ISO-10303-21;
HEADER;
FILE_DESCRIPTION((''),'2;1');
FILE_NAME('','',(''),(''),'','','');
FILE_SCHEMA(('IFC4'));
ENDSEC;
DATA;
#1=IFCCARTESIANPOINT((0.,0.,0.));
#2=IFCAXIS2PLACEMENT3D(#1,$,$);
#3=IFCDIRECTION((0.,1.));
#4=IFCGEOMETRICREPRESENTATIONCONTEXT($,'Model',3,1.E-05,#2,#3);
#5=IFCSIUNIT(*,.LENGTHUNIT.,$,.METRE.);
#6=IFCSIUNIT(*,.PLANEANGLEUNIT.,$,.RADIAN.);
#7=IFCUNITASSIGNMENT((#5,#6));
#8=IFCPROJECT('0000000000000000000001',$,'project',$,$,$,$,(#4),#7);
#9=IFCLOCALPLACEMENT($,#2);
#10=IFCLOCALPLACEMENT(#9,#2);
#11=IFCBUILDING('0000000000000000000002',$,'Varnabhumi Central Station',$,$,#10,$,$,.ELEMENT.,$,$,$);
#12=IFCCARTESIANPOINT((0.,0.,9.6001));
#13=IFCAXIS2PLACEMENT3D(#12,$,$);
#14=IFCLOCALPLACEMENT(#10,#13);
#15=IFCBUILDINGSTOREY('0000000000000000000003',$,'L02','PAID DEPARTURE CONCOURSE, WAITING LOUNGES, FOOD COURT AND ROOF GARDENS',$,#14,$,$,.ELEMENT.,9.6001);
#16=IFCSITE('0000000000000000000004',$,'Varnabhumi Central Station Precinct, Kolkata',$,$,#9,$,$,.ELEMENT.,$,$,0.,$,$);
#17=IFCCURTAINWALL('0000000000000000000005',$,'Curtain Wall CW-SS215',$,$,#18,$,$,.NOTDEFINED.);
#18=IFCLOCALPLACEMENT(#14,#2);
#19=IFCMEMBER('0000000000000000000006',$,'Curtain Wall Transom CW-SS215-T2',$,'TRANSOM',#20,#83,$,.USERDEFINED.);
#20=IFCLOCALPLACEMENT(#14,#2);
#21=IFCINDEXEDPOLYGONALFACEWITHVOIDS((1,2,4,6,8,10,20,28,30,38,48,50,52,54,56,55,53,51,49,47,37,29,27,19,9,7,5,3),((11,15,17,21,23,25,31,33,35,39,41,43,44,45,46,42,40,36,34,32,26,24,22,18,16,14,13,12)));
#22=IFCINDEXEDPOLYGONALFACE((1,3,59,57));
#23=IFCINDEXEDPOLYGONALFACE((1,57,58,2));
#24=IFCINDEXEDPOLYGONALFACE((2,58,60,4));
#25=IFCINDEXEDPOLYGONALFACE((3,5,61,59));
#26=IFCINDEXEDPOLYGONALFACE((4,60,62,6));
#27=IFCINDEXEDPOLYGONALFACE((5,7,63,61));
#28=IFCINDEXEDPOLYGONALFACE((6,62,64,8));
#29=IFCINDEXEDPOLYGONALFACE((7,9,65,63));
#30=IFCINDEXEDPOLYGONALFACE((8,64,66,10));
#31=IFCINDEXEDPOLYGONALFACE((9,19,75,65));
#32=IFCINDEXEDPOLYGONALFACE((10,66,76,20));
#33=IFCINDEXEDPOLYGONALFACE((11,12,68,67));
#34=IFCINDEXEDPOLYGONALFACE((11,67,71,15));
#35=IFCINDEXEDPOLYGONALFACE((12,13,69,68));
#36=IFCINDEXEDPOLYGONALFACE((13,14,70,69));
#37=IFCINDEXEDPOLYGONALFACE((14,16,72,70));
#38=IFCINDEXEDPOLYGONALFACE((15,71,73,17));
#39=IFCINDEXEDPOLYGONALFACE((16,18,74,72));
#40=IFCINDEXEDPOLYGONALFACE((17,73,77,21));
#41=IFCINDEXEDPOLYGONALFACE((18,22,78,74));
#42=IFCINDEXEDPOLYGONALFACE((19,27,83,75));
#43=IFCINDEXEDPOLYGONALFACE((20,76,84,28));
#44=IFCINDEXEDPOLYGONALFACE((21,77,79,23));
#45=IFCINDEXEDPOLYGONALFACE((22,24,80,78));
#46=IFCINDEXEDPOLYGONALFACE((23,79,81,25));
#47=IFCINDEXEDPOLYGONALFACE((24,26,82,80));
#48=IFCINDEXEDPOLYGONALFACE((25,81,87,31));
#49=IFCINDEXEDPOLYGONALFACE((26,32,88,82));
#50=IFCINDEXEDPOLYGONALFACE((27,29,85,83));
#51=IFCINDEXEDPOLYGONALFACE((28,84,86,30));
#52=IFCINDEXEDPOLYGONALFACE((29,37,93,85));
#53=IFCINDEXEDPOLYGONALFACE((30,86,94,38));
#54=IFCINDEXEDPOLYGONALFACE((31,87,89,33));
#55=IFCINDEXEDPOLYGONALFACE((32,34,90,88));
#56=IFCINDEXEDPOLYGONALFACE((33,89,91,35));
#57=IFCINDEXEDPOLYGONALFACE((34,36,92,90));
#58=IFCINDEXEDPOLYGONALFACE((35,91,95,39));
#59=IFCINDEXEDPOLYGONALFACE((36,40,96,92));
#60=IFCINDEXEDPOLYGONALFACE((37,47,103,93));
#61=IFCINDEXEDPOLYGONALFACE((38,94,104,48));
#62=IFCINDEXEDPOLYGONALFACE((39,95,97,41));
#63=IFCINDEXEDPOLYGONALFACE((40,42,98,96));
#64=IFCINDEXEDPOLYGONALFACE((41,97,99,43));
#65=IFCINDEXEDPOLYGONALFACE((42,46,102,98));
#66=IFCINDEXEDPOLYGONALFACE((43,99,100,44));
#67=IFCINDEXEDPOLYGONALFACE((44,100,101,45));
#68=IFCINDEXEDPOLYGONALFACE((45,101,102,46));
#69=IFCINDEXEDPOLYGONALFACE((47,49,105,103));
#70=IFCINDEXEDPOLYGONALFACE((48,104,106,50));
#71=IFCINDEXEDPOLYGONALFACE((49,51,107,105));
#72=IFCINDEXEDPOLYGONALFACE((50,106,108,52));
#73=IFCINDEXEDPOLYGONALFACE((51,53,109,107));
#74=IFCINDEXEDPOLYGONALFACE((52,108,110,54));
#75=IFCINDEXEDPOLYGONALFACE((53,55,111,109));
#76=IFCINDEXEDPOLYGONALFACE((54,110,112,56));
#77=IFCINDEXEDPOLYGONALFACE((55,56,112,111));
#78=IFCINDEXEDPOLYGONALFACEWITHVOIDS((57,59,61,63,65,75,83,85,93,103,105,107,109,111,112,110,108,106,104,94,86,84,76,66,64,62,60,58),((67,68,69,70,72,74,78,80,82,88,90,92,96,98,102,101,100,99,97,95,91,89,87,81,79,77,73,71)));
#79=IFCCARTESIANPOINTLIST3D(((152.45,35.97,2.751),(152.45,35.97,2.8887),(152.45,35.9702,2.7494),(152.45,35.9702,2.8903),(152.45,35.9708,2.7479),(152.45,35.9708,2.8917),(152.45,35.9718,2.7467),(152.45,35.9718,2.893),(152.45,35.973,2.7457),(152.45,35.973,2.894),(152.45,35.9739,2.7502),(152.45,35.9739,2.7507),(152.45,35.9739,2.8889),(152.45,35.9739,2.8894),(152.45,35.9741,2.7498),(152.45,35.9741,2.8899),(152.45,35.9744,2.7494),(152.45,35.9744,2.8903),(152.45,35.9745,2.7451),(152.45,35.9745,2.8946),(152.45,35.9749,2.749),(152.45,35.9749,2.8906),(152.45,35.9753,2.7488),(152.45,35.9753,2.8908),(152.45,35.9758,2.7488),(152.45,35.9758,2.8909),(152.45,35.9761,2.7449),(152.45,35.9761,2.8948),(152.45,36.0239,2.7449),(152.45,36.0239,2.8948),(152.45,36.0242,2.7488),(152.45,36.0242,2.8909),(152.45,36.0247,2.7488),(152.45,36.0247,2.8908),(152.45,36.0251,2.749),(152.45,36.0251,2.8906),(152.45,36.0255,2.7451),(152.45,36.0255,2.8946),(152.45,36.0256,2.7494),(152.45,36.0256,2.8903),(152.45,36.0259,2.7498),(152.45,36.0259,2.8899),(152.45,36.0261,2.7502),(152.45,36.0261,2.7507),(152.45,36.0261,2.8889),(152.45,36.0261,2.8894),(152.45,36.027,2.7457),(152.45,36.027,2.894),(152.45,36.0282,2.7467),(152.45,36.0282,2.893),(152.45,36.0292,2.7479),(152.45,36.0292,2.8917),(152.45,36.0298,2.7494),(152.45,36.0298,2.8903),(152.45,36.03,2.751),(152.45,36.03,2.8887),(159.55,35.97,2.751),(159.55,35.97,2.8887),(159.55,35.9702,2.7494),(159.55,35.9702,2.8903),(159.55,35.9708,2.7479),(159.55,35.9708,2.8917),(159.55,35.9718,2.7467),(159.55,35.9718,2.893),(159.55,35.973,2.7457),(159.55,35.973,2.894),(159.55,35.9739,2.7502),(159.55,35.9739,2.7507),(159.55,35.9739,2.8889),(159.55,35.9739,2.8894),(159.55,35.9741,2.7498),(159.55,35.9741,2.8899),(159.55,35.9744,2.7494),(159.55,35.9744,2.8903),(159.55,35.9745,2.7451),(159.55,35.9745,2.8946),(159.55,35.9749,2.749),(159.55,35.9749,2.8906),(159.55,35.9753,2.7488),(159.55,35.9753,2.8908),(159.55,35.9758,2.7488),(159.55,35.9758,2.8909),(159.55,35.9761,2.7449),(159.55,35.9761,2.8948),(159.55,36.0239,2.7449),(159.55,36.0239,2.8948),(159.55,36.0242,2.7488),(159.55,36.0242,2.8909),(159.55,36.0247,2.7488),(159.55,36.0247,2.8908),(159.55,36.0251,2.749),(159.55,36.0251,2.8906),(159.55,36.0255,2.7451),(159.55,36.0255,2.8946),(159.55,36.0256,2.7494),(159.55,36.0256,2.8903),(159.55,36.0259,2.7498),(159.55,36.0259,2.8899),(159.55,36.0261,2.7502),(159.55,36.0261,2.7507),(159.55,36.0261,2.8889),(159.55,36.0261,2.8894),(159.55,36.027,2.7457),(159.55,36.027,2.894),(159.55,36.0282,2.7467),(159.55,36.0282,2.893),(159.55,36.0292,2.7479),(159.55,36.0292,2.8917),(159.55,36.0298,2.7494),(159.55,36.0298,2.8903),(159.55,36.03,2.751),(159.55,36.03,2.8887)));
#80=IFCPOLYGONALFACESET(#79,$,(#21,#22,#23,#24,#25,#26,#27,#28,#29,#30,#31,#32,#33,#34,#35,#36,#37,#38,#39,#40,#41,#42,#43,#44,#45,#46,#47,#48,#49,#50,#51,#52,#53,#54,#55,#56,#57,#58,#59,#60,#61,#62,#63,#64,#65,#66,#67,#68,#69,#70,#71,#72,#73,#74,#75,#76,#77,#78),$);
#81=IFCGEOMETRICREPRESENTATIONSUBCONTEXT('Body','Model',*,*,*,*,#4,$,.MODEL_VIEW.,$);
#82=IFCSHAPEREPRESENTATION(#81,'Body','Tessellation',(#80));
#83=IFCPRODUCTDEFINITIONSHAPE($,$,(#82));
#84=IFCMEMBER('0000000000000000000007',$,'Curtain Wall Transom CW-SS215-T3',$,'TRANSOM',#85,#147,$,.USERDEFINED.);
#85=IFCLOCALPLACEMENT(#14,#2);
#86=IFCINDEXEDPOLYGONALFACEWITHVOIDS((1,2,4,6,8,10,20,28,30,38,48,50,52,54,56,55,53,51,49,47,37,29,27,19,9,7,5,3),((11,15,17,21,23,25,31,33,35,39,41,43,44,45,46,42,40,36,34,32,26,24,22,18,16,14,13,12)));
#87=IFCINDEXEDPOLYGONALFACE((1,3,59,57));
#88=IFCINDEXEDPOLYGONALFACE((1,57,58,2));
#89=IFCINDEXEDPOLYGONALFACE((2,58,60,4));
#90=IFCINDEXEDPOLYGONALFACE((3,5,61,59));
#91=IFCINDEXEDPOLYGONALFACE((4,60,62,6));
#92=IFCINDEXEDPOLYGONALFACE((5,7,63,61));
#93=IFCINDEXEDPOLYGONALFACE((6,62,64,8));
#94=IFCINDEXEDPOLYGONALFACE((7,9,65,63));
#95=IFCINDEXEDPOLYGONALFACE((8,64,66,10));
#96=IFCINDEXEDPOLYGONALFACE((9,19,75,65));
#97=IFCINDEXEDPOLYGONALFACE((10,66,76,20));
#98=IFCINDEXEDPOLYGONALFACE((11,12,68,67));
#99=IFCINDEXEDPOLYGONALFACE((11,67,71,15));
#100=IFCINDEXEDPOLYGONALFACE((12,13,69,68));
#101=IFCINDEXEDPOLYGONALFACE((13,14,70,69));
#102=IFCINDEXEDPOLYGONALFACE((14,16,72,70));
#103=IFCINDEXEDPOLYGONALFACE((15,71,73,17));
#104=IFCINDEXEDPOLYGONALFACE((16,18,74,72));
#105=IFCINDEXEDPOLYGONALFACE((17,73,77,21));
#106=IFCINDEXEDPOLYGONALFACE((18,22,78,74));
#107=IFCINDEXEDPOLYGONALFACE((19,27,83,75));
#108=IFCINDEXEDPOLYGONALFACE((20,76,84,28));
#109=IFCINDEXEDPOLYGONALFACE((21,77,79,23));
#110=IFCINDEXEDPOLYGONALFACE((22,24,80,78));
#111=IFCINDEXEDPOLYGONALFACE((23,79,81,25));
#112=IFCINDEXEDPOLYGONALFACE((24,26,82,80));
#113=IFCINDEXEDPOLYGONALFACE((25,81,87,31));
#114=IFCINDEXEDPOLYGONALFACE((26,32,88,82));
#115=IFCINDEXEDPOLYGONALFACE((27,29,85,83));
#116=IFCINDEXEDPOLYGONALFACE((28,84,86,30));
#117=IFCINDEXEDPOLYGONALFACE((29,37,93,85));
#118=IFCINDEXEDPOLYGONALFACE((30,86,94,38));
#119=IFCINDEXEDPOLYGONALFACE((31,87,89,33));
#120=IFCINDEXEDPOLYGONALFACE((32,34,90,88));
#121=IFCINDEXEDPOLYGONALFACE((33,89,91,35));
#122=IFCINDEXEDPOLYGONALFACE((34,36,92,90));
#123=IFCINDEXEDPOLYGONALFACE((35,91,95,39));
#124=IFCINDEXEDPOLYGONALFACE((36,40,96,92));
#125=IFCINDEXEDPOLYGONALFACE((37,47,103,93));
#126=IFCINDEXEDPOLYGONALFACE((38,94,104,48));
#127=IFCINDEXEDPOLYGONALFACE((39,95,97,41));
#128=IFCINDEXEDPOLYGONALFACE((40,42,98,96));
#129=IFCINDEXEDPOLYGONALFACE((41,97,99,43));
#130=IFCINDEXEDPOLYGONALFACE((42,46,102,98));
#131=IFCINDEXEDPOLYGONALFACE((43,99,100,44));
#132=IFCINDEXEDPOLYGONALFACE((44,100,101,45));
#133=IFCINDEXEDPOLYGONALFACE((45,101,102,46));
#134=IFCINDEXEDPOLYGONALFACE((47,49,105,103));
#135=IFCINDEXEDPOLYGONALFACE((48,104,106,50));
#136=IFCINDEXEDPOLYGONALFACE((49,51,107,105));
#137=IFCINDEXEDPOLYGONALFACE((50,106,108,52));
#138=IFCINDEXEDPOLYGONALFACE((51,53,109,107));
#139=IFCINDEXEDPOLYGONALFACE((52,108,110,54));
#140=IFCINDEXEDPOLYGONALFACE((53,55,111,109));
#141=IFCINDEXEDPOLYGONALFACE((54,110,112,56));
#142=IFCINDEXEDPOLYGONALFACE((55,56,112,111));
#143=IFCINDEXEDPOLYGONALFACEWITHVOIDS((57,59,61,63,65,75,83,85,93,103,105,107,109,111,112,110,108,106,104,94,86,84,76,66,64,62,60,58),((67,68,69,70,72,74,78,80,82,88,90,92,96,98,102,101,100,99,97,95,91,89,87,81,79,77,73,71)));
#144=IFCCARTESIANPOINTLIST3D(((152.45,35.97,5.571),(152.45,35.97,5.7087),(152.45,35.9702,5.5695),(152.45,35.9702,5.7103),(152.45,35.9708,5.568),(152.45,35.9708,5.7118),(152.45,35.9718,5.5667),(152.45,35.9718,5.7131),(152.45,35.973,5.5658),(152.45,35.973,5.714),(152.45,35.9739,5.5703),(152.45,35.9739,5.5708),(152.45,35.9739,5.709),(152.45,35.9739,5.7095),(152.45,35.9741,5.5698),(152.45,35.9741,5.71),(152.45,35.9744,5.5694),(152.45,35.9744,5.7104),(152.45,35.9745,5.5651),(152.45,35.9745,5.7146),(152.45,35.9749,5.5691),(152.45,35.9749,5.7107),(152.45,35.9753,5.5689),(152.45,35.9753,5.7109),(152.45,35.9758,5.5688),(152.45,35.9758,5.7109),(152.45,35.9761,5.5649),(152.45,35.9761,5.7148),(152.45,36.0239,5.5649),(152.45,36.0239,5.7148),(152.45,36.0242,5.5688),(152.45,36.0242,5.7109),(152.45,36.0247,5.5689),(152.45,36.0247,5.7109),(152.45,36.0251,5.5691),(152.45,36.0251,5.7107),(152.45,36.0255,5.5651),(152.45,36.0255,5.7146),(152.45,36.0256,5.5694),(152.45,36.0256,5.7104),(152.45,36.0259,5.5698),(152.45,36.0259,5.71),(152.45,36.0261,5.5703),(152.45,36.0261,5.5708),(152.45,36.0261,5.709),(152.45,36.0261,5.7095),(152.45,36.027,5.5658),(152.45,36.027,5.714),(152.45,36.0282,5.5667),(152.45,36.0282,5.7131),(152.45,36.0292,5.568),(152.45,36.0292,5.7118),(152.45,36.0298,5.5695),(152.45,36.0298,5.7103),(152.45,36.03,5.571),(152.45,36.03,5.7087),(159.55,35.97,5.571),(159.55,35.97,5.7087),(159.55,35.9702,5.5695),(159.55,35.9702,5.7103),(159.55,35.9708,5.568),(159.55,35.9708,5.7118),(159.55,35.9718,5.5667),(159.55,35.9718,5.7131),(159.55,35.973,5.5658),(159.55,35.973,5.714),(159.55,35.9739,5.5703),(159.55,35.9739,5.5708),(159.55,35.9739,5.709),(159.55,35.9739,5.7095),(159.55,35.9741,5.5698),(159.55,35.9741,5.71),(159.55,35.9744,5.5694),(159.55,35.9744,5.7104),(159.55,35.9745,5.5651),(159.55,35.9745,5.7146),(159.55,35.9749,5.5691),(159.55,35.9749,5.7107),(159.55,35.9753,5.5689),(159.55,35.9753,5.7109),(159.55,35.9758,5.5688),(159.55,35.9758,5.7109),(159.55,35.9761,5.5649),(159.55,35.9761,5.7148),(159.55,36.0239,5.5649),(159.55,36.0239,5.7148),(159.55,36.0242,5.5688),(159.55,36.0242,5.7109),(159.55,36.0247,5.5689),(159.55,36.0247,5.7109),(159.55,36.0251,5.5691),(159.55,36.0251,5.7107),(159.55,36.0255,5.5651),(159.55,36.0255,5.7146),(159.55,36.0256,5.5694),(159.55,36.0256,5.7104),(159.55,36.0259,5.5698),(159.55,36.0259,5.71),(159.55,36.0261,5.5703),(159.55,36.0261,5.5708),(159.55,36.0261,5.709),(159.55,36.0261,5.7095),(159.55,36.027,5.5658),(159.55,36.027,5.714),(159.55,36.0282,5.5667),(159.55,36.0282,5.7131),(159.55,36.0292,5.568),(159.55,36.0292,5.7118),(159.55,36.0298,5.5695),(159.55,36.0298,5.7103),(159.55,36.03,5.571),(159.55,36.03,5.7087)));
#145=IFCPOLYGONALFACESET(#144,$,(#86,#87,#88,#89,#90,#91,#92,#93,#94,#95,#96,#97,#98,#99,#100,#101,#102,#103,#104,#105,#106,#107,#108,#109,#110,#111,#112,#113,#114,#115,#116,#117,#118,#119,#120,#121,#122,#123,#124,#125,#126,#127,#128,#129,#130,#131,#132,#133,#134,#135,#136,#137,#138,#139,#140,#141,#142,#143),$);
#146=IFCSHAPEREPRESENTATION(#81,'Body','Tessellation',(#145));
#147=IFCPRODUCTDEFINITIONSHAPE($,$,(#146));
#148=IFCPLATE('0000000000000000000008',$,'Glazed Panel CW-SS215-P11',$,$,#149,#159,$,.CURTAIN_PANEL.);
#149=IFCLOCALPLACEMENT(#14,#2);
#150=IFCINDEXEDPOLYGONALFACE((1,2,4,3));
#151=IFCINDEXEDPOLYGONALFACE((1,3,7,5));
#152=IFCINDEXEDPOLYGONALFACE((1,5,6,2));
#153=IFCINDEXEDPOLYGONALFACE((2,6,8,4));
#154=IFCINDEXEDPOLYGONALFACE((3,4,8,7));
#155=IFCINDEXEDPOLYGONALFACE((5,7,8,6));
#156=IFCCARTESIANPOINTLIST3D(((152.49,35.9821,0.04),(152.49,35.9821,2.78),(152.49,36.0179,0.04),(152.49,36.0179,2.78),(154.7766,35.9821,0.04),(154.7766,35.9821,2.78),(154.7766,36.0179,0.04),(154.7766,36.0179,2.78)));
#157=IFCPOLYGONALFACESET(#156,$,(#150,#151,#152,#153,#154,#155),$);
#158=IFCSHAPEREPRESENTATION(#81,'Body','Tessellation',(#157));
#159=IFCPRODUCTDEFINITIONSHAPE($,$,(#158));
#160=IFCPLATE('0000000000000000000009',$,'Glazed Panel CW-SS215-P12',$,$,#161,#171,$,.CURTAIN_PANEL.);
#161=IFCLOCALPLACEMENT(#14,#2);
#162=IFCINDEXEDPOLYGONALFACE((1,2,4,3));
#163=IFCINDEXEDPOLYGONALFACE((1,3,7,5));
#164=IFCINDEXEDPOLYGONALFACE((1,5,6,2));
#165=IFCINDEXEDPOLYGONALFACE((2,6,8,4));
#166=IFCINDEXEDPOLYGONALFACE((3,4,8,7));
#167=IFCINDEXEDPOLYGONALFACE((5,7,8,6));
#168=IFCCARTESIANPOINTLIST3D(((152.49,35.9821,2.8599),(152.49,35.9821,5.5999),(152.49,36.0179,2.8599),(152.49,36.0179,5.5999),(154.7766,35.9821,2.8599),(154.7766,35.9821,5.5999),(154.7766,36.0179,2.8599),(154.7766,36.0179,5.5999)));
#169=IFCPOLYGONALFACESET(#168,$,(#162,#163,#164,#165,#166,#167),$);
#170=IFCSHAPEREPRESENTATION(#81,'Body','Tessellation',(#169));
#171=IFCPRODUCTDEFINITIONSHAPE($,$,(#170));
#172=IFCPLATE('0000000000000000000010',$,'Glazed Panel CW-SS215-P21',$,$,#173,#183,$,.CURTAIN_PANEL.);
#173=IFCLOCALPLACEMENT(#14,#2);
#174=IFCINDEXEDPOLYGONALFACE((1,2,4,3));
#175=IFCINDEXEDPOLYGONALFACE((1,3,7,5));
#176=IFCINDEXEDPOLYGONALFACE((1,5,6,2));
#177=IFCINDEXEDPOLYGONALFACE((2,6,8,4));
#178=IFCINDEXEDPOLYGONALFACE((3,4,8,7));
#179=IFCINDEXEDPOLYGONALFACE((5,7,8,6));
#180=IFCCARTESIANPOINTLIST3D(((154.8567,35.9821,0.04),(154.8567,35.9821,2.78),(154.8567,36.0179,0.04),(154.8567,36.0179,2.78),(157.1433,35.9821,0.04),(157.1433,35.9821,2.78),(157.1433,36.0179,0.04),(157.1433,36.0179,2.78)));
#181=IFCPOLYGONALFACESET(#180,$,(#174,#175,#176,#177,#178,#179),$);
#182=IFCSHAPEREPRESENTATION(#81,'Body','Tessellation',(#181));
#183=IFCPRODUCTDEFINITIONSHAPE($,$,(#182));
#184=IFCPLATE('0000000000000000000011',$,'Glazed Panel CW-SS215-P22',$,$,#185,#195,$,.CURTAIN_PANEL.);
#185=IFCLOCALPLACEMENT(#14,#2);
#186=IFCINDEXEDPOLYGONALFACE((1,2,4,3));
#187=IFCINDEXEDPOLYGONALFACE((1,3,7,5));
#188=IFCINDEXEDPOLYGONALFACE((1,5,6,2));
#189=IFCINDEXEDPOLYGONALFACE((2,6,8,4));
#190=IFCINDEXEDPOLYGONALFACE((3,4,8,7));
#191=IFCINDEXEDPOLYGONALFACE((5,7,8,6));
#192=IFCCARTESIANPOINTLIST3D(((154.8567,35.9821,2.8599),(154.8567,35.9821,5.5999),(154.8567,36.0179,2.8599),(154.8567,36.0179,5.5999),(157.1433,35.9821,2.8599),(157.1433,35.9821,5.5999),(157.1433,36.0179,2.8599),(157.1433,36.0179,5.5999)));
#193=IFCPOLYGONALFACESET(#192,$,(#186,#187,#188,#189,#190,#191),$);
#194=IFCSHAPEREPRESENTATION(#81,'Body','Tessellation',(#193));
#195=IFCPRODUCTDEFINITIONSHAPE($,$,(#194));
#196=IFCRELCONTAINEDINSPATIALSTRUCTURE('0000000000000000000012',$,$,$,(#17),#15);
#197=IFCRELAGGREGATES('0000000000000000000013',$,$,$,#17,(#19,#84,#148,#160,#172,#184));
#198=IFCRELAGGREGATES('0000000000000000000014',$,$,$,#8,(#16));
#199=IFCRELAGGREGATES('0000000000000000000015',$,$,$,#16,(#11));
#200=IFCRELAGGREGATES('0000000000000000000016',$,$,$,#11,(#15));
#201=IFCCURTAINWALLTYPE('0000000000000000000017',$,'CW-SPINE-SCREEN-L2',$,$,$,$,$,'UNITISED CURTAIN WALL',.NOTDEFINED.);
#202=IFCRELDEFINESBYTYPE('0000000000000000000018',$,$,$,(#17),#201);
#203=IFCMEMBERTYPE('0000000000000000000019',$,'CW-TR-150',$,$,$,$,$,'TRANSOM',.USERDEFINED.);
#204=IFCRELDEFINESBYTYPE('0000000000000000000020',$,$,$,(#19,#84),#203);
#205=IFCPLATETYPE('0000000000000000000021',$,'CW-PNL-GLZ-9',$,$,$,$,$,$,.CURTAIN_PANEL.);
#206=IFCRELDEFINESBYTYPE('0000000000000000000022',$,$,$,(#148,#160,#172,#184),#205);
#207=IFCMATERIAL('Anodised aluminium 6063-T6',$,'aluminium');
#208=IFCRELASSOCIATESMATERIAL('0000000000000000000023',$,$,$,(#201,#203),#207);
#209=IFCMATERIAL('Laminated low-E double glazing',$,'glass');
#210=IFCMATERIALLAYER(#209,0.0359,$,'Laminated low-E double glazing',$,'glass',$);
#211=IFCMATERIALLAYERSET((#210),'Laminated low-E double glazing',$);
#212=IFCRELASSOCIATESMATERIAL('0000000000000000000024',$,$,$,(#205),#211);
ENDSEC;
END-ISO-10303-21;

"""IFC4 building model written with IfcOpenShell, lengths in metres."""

from ifc_helpers import new_model, si_unit, direction, frame, origin, origin_2d, place, context, subcontext, project, spatial, rectangle, hollow_rectangle, extrude, material, layer, layer_set, material_profile, profile_set, type_object, element, aggregate, save


model = new_model("IFC4")

# Units and contexts
model_context = context("Model", 3, precision=1e-05, world=origin(), true_north=direction((0.0, 1.0)))
body_context = subcontext(model_context, "Body", "Model", "MODEL_VIEW")
ifc_project = project(units=[si_unit("LENGTHUNIT", "METRE"), si_unit("PLANEANGLEUNIT", "RADIAN")], contexts=[model_context])

# Site, building, storey
site_placement = place(None, origin())
site = spatial("IfcSite", under=ifc_project, at=site_placement, Name="Varnabhumi Central Station Precinct, Kolkata", CompositionType="ELEMENT", RefElevation=0.0)
building_placement = place(site_placement, origin())
building = spatial("IfcBuilding", under=site, at=building_placement, Name="Varnabhumi Central Station", CompositionType="ELEMENT")
storey_placement = place(building_placement, frame((0.0, 0.0, 9.6001)))
storey = spatial("IfcBuildingStorey", under=building, at=storey_placement, Name="L02", Description="PAID DEPARTURE CONCOURSE, WAITING LOUNGES, FOOD COURT AND ROOF GARDENS", CompositionType="ELEMENT", Elevation=9.6001)

# Curtain wall, members, plates
ifc_material_1 = material(Name="Anodised aluminium 6063-T6", Category="aluminium")
curtain_wall_type = type_object("IfcCurtainWallType", Name="CW-SPINE-SCREEN-L2", ElementType="UNITISED CURTAIN WALL", PredefinedType="NOTDEFINED", material=ifc_material_1)
curtain_wall_placement = place(storey_placement, origin())
curtain_wall = element("IfcCurtainWall", 1, at=curtain_wall_placement, inside=storey, type_object=curtain_wall_type, Name="Curtain Wall CW-SS215", PredefinedType="NOTDEFINED")
ifc_material_profile_1 = material_profile(ifc_material_1, hollow_rectangle(XDim=0.0601, YDim=0.1499, WallThickness=0.0039, InnerFilletRadius=0.002, OuterFilletRadius=0.0061, at=origin_2d()), Name="Anodised aluminium 6063-T6", Category="aluminium")
ifc_profile_set_1 = profile_set([ifc_material_profile_1], Name="Anodised aluminium 6063-T6")
member_type_1 = type_object("IfcMemberType", Name="CW-TR-150", ElementType="TRANSOM", PredefinedType="USERDEFINED", material=ifc_profile_set_1)
member_1_placement = place(storey_placement, frame((152.45, 36.0, 2.8198), z_axis=(1.0, 0.0, 0.0), x_axis=(0.0, 1.0, 0.0)))
member_1 = element("IfcMember", 2, at=member_1_placement, type_object=member_type_1, Name="Curtain Wall Transom CW-SS215-T2", ObjectType="TRANSOM", PredefinedType="USERDEFINED", context=body_context, shape_type="SweptSolid", body=[
    extrude(hollow_rectangle(XDim=0.0601, YDim=0.1499, WallThickness=0.0039, InnerFilletRadius=0.002, OuterFilletRadius=0.0061, at=origin_2d()), origin(), (0.0, 0.0, 1.0), 7.1001),
])
member_2_placement = place(storey_placement, frame((152.45, 36.0, 5.6399), z_axis=(1.0, 0.0, 0.0), x_axis=(0.0, 1.0, 0.0)))
member_2 = element("IfcMember", 3, at=member_2_placement, type_object=member_type_1, Name="Curtain Wall Transom CW-SS215-T3", ObjectType="TRANSOM", PredefinedType="USERDEFINED", context=body_context, shape_type="SweptSolid", body=[
    extrude(hollow_rectangle(XDim=0.0601, YDim=0.1499, WallThickness=0.0039, InnerFilletRadius=0.002, OuterFilletRadius=0.0061, at=origin_2d()), origin(), (0.0, 0.0, 1.0), 7.1001),
])
ifc_material_2 = material(Name="Laminated low-E double glazing", Category="glass")
ifc_layer_1 = layer(ifc_material_2, 0.0359, Name="Laminated low-E double glazing", Category="glass")
ifc_layer_set_1 = layer_set([ifc_layer_1], Name="Laminated low-E double glazing")
plate_type = type_object("IfcPlateType", Name="CW-PNL-GLZ-9", PredefinedType="CURTAIN_PANEL", material=ifc_layer_set_1)
plate_1_placement = place(storey_placement, frame((153.6333, 36.0, 0.04), z_axis=(0.0, 0.0, 1.0), x_axis=(1.0, 0.0, 0.0)))
plate_1 = element("IfcPlate", 4, at=plate_1_placement, type_object=plate_type, Name="Glazed Panel CW-SS215-P11", PredefinedType="CURTAIN_PANEL", context=body_context, shape_type="SweptSolid", body=[
    extrude(rectangle(XDim=2.2866, YDim=0.0359, at=origin_2d()), origin(), (0.0, 0.0, 1.0), 2.74),
])
plate_2_placement = place(storey_placement, frame((153.6333, 36.0, 2.8599), z_axis=(0.0, 0.0, 1.0), x_axis=(1.0, 0.0, 0.0)))
plate_2 = element("IfcPlate", 5, at=plate_2_placement, type_object=plate_type, Name="Glazed Panel CW-SS215-P12", PredefinedType="CURTAIN_PANEL", context=body_context, shape_type="SweptSolid", body=[
    extrude(rectangle(XDim=2.2866, YDim=0.0359, at=origin_2d()), origin(), (0.0, 0.0, 1.0), 2.74),
])
plate_3_placement = place(storey_placement, frame((156.0, 36.0, 0.04), z_axis=(0.0, 0.0, 1.0), x_axis=(1.0, 0.0, 0.0)))
plate_3 = element("IfcPlate", 6, at=plate_3_placement, type_object=plate_type, Name="Glazed Panel CW-SS215-P21", PredefinedType="CURTAIN_PANEL", context=body_context, shape_type="SweptSolid", body=[
    extrude(rectangle(XDim=2.2866, YDim=0.0359, at=origin_2d()), origin(), (0.0, 0.0, 1.0), 2.74),
])
plate_4_placement = place(storey_placement, frame((156.0, 36.0, 2.8599), z_axis=(0.0, 0.0, 1.0), x_axis=(1.0, 0.0, 0.0)))
plate_4 = element("IfcPlate", 7, at=plate_4_placement, type_object=plate_type, Name="Glazed Panel CW-SS215-P22", PredefinedType="CURTAIN_PANEL", context=body_context, shape_type="SweptSolid", body=[
    extrude(rectangle(XDim=2.2866, YDim=0.0359, at=origin_2d()), origin(), (0.0, 0.0, 1.0), 2.74),
])
aggregate(curtain_wall, [member_1, member_2, plate_1, plate_2, plate_3, plate_4])

save(model, "model.ifc")
